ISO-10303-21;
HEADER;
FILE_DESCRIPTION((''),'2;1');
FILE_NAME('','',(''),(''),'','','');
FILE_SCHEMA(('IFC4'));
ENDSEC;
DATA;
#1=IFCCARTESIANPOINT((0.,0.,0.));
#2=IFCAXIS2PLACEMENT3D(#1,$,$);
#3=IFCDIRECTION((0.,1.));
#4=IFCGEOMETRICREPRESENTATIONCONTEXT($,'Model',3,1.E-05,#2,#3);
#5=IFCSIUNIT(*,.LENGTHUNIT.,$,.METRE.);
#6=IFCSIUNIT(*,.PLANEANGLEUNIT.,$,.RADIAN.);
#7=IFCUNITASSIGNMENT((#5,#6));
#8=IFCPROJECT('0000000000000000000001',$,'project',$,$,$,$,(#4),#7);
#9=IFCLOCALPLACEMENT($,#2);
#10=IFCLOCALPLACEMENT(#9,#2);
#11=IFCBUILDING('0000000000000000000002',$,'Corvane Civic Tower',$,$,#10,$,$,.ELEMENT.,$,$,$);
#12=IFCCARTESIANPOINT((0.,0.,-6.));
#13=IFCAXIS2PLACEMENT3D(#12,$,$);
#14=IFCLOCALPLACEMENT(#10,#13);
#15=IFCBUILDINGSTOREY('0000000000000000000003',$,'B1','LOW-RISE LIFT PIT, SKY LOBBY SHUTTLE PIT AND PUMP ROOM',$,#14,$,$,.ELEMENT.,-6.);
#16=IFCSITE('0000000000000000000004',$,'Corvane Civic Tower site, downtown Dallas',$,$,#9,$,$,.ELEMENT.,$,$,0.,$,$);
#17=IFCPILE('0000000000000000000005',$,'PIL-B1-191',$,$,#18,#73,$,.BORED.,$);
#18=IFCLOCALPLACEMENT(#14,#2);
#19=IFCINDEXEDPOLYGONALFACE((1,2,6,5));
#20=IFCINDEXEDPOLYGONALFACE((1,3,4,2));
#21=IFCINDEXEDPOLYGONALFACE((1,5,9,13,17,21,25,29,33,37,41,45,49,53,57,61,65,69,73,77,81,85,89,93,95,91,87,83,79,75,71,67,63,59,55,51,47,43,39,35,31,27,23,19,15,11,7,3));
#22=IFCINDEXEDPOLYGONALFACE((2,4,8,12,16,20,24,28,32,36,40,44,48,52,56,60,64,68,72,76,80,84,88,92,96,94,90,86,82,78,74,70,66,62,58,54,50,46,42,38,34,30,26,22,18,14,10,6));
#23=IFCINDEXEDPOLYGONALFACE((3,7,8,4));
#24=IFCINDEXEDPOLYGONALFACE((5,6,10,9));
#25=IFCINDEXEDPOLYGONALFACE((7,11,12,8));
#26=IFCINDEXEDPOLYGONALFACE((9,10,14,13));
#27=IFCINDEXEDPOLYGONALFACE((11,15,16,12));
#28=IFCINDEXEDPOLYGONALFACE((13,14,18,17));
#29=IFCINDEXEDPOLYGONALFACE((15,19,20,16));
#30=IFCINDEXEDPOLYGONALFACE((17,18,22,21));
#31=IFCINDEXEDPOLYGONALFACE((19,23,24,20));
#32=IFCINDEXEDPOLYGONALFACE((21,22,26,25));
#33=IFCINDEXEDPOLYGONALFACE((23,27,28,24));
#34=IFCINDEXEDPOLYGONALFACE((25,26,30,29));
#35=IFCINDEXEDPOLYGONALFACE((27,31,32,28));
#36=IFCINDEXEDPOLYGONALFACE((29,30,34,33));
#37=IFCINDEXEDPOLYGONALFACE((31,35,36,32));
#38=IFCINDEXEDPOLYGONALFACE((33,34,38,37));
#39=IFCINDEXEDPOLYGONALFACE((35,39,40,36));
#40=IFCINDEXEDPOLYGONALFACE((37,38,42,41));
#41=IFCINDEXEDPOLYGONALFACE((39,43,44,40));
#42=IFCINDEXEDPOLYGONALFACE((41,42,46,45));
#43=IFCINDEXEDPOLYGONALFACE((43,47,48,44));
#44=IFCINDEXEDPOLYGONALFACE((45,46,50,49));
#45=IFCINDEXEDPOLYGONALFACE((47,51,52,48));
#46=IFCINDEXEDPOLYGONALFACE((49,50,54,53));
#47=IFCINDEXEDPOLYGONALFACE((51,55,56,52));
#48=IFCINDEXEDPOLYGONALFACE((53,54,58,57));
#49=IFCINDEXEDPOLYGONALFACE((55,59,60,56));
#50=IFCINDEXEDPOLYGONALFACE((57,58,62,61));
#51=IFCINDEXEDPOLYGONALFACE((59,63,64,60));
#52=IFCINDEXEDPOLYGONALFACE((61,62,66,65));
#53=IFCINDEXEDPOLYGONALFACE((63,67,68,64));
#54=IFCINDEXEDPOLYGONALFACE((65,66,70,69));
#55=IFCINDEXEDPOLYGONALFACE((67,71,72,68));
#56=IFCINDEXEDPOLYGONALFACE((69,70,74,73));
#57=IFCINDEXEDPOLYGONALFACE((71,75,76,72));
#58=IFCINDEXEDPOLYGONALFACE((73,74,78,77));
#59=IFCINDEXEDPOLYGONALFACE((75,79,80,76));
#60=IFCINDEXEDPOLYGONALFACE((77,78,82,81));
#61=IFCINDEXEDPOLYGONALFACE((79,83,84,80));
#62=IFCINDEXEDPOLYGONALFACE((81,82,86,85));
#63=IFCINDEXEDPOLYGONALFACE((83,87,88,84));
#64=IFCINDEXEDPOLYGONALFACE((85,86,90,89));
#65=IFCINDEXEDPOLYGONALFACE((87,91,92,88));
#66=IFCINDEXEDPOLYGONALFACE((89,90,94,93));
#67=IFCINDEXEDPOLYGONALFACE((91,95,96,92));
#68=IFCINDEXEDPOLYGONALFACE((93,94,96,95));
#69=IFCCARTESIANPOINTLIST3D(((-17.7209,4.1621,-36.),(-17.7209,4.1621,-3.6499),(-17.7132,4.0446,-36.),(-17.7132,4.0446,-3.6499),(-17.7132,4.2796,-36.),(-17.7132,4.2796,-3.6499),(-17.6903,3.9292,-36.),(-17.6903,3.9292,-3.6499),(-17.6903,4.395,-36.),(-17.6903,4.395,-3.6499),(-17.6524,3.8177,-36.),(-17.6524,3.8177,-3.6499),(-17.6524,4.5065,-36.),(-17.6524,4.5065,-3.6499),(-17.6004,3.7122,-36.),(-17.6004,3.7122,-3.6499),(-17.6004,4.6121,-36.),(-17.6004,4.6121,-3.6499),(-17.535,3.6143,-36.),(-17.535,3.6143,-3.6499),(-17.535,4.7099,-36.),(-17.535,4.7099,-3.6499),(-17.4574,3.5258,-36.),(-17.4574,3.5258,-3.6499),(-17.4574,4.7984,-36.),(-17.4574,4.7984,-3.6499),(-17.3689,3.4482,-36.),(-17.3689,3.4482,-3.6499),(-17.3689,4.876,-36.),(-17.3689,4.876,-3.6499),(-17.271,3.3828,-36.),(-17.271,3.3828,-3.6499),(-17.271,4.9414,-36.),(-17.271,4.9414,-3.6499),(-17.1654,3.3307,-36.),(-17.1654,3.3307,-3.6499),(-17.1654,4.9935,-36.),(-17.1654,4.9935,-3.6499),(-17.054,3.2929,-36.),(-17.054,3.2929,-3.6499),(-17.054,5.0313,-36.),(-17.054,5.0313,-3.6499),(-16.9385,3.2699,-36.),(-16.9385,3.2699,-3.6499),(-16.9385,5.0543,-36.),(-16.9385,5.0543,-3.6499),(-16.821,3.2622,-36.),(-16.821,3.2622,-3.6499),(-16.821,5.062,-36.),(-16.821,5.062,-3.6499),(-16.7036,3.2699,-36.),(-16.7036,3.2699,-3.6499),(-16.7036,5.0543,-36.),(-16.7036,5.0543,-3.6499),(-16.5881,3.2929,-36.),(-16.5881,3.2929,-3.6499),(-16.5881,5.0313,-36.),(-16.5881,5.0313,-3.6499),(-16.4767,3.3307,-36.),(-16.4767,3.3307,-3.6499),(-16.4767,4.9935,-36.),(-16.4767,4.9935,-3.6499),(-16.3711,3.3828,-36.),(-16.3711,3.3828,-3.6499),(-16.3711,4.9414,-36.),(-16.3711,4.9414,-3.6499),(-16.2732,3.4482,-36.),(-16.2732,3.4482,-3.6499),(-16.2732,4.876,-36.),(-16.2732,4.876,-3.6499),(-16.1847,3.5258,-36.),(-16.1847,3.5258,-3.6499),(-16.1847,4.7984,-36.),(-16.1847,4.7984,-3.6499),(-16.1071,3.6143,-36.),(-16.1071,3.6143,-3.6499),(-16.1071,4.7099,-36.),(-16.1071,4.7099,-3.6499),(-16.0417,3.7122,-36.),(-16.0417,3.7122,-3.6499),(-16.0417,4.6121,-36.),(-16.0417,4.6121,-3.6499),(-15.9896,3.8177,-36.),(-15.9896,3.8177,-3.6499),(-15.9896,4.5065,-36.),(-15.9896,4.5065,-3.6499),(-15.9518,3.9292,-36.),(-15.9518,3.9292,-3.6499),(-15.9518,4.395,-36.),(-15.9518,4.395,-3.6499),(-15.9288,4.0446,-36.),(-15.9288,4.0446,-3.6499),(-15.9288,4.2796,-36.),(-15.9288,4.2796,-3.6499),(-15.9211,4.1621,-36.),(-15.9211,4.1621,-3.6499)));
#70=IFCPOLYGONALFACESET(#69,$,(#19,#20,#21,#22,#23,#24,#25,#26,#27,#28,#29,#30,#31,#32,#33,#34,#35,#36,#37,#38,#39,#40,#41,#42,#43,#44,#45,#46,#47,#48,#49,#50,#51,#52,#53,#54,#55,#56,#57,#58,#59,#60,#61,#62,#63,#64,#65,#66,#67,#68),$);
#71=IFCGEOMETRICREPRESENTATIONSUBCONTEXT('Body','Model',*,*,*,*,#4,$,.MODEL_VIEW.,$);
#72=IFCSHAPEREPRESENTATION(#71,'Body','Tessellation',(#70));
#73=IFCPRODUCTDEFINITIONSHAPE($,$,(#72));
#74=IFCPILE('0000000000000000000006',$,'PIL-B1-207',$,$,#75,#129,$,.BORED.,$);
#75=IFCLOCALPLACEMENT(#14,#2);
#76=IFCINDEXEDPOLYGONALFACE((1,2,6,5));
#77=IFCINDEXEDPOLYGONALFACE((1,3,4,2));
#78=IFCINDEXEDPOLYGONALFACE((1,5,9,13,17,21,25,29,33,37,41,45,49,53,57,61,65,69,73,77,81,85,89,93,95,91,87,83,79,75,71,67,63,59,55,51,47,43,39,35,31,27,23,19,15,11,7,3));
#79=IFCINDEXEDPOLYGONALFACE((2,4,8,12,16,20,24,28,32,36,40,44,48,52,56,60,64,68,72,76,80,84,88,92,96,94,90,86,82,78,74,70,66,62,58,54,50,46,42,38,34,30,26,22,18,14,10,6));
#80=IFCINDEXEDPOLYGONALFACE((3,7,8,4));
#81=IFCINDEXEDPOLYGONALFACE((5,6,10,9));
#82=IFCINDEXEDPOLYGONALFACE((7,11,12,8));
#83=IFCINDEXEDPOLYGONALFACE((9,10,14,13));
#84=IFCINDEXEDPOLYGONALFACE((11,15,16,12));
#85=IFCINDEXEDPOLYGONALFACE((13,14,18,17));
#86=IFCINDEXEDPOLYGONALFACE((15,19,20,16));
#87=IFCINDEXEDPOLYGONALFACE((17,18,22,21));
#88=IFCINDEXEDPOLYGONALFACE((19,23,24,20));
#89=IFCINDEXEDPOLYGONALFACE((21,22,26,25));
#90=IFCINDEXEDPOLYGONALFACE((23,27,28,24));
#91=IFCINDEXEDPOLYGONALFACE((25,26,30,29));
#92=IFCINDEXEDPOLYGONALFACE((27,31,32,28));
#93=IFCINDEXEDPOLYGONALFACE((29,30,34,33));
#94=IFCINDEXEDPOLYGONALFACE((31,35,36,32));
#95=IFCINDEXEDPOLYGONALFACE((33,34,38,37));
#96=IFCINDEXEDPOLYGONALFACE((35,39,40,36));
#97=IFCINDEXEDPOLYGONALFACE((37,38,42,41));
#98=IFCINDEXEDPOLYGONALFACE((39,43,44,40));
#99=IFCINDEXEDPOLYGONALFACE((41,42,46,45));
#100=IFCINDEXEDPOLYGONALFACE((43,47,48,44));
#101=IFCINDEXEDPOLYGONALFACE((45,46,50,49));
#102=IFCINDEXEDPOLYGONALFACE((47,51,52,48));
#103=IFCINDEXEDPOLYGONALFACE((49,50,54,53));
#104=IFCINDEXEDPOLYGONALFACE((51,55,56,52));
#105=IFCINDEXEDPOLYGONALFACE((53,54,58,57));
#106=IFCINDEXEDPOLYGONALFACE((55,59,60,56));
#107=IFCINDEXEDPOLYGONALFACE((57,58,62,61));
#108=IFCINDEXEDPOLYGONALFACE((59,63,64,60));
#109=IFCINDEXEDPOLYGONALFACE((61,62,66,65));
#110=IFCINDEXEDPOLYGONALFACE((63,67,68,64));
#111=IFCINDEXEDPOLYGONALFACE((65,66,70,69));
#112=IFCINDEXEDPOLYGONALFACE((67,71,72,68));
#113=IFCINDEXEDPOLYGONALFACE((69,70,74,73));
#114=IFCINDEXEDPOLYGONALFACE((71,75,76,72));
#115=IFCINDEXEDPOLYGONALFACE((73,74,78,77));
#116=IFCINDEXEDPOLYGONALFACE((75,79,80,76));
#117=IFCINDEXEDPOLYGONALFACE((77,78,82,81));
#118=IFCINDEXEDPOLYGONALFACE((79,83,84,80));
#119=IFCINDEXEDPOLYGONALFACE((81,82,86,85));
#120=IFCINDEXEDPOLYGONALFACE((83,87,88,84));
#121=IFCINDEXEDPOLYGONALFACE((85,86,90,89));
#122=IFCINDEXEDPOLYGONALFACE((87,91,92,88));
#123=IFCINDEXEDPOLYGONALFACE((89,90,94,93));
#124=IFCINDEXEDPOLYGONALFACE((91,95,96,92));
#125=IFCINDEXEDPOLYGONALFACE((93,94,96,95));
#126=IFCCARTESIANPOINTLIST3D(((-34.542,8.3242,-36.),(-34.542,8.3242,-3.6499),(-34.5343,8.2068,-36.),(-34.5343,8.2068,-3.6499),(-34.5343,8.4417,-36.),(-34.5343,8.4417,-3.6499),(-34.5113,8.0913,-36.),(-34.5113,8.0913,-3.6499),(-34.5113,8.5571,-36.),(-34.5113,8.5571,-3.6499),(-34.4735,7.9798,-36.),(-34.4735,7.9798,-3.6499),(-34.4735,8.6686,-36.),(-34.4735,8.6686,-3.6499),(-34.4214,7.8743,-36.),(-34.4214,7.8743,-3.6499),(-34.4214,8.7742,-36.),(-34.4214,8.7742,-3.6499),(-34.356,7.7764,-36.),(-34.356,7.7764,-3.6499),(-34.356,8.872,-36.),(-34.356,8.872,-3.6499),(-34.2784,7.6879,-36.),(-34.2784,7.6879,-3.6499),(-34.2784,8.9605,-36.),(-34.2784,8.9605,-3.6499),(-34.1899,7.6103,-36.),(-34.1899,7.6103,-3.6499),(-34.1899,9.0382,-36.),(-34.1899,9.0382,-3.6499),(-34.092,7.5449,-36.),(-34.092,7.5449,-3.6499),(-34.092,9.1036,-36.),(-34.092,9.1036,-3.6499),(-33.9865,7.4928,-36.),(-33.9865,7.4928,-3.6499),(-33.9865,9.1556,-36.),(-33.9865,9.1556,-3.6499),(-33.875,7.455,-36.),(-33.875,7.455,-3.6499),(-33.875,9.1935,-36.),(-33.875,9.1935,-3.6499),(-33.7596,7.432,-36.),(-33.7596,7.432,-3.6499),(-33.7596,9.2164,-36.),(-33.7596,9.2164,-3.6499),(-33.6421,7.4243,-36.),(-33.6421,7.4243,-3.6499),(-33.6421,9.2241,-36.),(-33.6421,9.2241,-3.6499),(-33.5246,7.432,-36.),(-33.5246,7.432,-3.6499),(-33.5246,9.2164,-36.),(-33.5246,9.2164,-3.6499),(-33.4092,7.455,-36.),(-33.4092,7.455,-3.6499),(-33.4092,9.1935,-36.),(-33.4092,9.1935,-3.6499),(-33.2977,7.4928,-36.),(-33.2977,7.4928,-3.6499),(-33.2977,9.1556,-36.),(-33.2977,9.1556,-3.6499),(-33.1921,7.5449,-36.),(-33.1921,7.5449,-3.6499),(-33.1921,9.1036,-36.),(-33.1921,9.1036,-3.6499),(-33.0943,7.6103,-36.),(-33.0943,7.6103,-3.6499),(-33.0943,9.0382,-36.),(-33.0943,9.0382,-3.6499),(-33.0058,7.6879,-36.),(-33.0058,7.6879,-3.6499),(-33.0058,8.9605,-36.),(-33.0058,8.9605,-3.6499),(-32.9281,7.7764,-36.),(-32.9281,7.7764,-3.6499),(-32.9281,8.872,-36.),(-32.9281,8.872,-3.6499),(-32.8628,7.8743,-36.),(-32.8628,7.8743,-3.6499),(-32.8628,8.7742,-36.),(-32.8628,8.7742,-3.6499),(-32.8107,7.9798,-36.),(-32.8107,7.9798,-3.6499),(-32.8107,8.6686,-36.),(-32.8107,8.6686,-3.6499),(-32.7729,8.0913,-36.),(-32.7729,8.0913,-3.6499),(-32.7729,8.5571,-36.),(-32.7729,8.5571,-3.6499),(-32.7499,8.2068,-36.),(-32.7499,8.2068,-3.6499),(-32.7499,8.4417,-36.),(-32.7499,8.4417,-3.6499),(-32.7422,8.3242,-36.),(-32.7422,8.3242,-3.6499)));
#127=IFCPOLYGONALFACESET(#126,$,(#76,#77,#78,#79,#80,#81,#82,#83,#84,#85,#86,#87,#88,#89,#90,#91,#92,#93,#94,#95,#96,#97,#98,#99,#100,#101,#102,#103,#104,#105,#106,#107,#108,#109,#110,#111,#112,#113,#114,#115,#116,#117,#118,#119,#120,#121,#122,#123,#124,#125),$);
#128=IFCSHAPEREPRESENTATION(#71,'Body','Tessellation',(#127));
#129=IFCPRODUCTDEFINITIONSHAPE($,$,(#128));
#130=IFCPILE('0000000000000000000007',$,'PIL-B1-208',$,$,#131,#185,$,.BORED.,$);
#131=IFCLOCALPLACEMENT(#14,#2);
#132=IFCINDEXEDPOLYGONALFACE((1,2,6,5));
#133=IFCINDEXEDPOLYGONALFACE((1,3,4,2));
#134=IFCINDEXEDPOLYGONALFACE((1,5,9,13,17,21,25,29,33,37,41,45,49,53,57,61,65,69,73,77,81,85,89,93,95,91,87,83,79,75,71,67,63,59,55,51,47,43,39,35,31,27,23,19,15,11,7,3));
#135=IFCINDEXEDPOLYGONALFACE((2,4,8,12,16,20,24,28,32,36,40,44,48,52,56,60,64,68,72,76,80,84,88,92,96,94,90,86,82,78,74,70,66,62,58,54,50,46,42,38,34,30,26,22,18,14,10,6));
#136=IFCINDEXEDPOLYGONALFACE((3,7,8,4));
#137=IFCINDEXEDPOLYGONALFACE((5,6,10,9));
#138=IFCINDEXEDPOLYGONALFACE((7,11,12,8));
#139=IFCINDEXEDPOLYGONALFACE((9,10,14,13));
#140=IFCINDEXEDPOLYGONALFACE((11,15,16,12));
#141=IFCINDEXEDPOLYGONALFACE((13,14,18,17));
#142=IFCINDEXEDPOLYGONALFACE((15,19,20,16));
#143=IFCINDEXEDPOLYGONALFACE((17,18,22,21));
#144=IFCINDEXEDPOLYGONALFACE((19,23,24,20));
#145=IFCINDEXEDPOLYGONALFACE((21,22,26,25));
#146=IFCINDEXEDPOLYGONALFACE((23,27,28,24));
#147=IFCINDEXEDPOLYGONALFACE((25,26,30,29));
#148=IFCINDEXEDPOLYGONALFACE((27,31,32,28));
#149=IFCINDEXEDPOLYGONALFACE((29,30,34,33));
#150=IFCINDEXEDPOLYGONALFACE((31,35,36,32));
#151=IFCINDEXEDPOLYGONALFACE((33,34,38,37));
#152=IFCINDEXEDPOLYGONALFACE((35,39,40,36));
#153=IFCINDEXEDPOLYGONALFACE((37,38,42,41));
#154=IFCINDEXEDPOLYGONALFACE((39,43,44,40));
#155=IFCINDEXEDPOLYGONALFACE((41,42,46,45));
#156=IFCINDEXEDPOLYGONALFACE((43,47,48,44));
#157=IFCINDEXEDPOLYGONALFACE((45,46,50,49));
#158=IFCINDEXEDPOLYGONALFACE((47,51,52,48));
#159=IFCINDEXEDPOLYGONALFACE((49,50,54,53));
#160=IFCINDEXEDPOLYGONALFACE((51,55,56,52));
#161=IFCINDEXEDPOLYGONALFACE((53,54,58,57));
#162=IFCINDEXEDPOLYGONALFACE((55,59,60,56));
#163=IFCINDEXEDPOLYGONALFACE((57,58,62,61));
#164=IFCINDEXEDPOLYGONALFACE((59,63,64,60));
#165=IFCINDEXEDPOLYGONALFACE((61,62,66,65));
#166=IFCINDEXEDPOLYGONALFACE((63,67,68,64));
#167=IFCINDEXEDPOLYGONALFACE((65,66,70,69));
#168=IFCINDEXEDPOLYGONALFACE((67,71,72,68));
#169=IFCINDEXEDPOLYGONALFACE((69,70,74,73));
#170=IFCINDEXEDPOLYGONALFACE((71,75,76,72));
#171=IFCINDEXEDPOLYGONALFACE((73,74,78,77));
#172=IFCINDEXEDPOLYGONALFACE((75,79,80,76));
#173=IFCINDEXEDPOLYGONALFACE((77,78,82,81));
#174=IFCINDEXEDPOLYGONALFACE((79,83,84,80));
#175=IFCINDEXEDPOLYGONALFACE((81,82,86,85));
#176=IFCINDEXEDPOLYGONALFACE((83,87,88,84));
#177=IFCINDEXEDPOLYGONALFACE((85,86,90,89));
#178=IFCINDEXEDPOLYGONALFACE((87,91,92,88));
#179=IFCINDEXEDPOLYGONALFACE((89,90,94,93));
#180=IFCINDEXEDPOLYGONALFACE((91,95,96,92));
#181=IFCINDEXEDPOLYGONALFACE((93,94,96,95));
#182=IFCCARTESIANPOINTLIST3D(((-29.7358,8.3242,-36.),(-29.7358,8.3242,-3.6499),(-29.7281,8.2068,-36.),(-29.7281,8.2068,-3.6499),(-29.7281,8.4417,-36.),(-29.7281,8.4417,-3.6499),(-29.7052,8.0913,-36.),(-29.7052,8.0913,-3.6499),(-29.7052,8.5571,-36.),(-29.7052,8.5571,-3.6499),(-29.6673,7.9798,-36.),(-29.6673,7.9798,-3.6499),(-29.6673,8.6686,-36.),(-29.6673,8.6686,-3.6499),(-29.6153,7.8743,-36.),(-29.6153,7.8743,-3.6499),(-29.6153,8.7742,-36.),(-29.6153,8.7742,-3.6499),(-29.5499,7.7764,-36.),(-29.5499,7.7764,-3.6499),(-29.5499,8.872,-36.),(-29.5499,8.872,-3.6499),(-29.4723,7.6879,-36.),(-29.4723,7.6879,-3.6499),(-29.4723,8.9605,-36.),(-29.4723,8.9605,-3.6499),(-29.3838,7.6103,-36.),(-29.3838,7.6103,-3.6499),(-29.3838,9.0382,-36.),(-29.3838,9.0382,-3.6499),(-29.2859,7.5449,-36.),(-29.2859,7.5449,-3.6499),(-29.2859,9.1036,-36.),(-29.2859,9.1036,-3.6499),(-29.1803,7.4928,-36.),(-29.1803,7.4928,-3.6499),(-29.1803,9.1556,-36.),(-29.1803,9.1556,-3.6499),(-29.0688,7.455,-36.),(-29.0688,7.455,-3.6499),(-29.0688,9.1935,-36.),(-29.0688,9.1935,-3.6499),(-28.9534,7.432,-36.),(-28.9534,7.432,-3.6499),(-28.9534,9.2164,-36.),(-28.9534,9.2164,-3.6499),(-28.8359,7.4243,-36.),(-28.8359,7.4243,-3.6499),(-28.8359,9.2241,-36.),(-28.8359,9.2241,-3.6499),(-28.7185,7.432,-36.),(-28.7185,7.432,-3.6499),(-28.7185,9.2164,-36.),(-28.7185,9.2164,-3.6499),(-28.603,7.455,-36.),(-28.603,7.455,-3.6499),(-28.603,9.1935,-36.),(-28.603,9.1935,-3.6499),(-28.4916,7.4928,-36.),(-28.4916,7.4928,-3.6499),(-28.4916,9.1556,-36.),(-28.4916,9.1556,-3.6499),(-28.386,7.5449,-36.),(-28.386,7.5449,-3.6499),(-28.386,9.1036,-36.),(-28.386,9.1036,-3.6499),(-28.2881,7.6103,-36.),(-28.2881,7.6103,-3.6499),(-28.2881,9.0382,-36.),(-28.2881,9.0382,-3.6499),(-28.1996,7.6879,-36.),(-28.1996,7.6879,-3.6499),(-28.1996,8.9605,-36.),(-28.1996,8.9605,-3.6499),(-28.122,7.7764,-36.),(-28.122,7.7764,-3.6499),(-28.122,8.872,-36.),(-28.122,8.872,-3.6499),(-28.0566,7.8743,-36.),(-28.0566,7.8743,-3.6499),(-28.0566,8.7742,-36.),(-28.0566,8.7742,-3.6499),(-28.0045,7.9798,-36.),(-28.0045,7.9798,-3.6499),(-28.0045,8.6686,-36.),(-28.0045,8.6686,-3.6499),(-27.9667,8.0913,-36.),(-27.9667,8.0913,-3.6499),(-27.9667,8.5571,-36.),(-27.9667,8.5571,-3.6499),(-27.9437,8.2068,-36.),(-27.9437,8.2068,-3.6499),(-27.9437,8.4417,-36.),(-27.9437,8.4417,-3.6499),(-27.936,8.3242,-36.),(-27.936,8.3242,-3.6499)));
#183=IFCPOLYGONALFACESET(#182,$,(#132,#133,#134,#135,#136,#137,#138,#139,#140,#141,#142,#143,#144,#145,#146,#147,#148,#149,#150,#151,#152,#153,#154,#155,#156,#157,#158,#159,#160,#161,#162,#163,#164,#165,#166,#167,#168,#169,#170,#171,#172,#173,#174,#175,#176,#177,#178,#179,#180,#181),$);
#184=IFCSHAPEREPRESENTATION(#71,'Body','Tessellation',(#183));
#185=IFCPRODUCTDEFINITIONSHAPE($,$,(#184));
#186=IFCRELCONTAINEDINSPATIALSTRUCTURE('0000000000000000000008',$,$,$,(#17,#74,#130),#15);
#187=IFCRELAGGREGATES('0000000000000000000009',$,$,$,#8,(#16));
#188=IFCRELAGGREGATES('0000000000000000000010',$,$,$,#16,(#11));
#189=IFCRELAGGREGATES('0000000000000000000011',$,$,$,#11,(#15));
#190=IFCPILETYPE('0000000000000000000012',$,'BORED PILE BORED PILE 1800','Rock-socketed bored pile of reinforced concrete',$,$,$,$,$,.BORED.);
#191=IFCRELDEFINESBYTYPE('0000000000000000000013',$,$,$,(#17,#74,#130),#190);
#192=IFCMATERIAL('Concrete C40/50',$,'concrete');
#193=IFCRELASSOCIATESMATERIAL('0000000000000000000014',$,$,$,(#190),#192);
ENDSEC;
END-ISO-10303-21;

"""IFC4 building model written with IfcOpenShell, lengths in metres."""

from ifc_helpers import new_model, si_unit, direction, frame, origin, origin_2d, place, context, subcontext, project, spatial, circle, extrude, material, material_profile, profile_set, type_object, element, save


model = new_model("IFC4")

# Units and contexts
model_context = context("Model", 3, precision=1e-05, world=origin(), true_north=direction((0.0, 1.0)))
body_context = subcontext(model_context, "Body", "Model", "MODEL_VIEW")
ifc_project = project(units=[si_unit("LENGTHUNIT", "METRE"), si_unit("PLANEANGLEUNIT", "RADIAN")], contexts=[model_context])

# Site, building, storey
site_placement = place(None, origin())
site = spatial("IfcSite", under=ifc_project, at=site_placement, Name="Corvane Civic Tower site, downtown Dallas", CompositionType="ELEMENT", RefElevation=0.0)
building_placement = place(site_placement, origin())
building = spatial("IfcBuilding", under=site, at=building_placement, Name="Corvane Civic Tower", CompositionType="ELEMENT")
storey_placement = place(building_placement, frame((0.0, 0.0, -6.0)))
storey = spatial("IfcBuildingStorey", under=building, at=storey_placement, Name="B1", Description="LOW-RISE LIFT PIT, SKY LOBBY SHUTTLE PIT AND PUMP ROOM", CompositionType="ELEMENT", Elevation=-6.0)

# Piles
ifc_material_1 = material(Name="Concrete C40/50", Category="concrete")
ifc_material_profile_1 = material_profile(ifc_material_1, circle(Radius=0.8999, at=origin_2d()), Name="BORED PILE 1800")
ifc_profile_set_1 = profile_set([ifc_material_profile_1], Name="Concrete C40/50")
pile_type = type_object("IfcPileType", Name="BORED PILE BORED PILE 1800", Description="Rock-socketed bored pile of reinforced concrete", PredefinedType="BORED", material=ifc_profile_set_1)
for number, where, z_axis, x_axis, name in (
    (1, (-16.821, 4.1621, -3.6499), (0.0, 0.0, -1.0), (1.0, 0.0, 0.0), "PIL-B1-191"),
    (2, (-33.6421, 8.3242, -3.6499), (0.0, 0.0, -1.0), (1.0, 0.0, 0.0), "PIL-B1-207"),
    (3, (-28.8359, 8.3242, -3.6499), (0.0, 0.0, -1.0), (1.0, 0.0, 0.0), "PIL-B1-208"),
):
    element("IfcPile", number, at=place(storey_placement, frame(where, z_axis=z_axis, x_axis=x_axis)), inside=storey, type_object=pile_type, Name=name, PredefinedType="BORED", context=body_context, shape_type="SweptSolid", body=[
        extrude(circle(Radius=0.8999, at=origin_2d()), origin(), (0.0, 0.0, 1.0), 32.3501),
    ])

save(model, "model.ifc")
